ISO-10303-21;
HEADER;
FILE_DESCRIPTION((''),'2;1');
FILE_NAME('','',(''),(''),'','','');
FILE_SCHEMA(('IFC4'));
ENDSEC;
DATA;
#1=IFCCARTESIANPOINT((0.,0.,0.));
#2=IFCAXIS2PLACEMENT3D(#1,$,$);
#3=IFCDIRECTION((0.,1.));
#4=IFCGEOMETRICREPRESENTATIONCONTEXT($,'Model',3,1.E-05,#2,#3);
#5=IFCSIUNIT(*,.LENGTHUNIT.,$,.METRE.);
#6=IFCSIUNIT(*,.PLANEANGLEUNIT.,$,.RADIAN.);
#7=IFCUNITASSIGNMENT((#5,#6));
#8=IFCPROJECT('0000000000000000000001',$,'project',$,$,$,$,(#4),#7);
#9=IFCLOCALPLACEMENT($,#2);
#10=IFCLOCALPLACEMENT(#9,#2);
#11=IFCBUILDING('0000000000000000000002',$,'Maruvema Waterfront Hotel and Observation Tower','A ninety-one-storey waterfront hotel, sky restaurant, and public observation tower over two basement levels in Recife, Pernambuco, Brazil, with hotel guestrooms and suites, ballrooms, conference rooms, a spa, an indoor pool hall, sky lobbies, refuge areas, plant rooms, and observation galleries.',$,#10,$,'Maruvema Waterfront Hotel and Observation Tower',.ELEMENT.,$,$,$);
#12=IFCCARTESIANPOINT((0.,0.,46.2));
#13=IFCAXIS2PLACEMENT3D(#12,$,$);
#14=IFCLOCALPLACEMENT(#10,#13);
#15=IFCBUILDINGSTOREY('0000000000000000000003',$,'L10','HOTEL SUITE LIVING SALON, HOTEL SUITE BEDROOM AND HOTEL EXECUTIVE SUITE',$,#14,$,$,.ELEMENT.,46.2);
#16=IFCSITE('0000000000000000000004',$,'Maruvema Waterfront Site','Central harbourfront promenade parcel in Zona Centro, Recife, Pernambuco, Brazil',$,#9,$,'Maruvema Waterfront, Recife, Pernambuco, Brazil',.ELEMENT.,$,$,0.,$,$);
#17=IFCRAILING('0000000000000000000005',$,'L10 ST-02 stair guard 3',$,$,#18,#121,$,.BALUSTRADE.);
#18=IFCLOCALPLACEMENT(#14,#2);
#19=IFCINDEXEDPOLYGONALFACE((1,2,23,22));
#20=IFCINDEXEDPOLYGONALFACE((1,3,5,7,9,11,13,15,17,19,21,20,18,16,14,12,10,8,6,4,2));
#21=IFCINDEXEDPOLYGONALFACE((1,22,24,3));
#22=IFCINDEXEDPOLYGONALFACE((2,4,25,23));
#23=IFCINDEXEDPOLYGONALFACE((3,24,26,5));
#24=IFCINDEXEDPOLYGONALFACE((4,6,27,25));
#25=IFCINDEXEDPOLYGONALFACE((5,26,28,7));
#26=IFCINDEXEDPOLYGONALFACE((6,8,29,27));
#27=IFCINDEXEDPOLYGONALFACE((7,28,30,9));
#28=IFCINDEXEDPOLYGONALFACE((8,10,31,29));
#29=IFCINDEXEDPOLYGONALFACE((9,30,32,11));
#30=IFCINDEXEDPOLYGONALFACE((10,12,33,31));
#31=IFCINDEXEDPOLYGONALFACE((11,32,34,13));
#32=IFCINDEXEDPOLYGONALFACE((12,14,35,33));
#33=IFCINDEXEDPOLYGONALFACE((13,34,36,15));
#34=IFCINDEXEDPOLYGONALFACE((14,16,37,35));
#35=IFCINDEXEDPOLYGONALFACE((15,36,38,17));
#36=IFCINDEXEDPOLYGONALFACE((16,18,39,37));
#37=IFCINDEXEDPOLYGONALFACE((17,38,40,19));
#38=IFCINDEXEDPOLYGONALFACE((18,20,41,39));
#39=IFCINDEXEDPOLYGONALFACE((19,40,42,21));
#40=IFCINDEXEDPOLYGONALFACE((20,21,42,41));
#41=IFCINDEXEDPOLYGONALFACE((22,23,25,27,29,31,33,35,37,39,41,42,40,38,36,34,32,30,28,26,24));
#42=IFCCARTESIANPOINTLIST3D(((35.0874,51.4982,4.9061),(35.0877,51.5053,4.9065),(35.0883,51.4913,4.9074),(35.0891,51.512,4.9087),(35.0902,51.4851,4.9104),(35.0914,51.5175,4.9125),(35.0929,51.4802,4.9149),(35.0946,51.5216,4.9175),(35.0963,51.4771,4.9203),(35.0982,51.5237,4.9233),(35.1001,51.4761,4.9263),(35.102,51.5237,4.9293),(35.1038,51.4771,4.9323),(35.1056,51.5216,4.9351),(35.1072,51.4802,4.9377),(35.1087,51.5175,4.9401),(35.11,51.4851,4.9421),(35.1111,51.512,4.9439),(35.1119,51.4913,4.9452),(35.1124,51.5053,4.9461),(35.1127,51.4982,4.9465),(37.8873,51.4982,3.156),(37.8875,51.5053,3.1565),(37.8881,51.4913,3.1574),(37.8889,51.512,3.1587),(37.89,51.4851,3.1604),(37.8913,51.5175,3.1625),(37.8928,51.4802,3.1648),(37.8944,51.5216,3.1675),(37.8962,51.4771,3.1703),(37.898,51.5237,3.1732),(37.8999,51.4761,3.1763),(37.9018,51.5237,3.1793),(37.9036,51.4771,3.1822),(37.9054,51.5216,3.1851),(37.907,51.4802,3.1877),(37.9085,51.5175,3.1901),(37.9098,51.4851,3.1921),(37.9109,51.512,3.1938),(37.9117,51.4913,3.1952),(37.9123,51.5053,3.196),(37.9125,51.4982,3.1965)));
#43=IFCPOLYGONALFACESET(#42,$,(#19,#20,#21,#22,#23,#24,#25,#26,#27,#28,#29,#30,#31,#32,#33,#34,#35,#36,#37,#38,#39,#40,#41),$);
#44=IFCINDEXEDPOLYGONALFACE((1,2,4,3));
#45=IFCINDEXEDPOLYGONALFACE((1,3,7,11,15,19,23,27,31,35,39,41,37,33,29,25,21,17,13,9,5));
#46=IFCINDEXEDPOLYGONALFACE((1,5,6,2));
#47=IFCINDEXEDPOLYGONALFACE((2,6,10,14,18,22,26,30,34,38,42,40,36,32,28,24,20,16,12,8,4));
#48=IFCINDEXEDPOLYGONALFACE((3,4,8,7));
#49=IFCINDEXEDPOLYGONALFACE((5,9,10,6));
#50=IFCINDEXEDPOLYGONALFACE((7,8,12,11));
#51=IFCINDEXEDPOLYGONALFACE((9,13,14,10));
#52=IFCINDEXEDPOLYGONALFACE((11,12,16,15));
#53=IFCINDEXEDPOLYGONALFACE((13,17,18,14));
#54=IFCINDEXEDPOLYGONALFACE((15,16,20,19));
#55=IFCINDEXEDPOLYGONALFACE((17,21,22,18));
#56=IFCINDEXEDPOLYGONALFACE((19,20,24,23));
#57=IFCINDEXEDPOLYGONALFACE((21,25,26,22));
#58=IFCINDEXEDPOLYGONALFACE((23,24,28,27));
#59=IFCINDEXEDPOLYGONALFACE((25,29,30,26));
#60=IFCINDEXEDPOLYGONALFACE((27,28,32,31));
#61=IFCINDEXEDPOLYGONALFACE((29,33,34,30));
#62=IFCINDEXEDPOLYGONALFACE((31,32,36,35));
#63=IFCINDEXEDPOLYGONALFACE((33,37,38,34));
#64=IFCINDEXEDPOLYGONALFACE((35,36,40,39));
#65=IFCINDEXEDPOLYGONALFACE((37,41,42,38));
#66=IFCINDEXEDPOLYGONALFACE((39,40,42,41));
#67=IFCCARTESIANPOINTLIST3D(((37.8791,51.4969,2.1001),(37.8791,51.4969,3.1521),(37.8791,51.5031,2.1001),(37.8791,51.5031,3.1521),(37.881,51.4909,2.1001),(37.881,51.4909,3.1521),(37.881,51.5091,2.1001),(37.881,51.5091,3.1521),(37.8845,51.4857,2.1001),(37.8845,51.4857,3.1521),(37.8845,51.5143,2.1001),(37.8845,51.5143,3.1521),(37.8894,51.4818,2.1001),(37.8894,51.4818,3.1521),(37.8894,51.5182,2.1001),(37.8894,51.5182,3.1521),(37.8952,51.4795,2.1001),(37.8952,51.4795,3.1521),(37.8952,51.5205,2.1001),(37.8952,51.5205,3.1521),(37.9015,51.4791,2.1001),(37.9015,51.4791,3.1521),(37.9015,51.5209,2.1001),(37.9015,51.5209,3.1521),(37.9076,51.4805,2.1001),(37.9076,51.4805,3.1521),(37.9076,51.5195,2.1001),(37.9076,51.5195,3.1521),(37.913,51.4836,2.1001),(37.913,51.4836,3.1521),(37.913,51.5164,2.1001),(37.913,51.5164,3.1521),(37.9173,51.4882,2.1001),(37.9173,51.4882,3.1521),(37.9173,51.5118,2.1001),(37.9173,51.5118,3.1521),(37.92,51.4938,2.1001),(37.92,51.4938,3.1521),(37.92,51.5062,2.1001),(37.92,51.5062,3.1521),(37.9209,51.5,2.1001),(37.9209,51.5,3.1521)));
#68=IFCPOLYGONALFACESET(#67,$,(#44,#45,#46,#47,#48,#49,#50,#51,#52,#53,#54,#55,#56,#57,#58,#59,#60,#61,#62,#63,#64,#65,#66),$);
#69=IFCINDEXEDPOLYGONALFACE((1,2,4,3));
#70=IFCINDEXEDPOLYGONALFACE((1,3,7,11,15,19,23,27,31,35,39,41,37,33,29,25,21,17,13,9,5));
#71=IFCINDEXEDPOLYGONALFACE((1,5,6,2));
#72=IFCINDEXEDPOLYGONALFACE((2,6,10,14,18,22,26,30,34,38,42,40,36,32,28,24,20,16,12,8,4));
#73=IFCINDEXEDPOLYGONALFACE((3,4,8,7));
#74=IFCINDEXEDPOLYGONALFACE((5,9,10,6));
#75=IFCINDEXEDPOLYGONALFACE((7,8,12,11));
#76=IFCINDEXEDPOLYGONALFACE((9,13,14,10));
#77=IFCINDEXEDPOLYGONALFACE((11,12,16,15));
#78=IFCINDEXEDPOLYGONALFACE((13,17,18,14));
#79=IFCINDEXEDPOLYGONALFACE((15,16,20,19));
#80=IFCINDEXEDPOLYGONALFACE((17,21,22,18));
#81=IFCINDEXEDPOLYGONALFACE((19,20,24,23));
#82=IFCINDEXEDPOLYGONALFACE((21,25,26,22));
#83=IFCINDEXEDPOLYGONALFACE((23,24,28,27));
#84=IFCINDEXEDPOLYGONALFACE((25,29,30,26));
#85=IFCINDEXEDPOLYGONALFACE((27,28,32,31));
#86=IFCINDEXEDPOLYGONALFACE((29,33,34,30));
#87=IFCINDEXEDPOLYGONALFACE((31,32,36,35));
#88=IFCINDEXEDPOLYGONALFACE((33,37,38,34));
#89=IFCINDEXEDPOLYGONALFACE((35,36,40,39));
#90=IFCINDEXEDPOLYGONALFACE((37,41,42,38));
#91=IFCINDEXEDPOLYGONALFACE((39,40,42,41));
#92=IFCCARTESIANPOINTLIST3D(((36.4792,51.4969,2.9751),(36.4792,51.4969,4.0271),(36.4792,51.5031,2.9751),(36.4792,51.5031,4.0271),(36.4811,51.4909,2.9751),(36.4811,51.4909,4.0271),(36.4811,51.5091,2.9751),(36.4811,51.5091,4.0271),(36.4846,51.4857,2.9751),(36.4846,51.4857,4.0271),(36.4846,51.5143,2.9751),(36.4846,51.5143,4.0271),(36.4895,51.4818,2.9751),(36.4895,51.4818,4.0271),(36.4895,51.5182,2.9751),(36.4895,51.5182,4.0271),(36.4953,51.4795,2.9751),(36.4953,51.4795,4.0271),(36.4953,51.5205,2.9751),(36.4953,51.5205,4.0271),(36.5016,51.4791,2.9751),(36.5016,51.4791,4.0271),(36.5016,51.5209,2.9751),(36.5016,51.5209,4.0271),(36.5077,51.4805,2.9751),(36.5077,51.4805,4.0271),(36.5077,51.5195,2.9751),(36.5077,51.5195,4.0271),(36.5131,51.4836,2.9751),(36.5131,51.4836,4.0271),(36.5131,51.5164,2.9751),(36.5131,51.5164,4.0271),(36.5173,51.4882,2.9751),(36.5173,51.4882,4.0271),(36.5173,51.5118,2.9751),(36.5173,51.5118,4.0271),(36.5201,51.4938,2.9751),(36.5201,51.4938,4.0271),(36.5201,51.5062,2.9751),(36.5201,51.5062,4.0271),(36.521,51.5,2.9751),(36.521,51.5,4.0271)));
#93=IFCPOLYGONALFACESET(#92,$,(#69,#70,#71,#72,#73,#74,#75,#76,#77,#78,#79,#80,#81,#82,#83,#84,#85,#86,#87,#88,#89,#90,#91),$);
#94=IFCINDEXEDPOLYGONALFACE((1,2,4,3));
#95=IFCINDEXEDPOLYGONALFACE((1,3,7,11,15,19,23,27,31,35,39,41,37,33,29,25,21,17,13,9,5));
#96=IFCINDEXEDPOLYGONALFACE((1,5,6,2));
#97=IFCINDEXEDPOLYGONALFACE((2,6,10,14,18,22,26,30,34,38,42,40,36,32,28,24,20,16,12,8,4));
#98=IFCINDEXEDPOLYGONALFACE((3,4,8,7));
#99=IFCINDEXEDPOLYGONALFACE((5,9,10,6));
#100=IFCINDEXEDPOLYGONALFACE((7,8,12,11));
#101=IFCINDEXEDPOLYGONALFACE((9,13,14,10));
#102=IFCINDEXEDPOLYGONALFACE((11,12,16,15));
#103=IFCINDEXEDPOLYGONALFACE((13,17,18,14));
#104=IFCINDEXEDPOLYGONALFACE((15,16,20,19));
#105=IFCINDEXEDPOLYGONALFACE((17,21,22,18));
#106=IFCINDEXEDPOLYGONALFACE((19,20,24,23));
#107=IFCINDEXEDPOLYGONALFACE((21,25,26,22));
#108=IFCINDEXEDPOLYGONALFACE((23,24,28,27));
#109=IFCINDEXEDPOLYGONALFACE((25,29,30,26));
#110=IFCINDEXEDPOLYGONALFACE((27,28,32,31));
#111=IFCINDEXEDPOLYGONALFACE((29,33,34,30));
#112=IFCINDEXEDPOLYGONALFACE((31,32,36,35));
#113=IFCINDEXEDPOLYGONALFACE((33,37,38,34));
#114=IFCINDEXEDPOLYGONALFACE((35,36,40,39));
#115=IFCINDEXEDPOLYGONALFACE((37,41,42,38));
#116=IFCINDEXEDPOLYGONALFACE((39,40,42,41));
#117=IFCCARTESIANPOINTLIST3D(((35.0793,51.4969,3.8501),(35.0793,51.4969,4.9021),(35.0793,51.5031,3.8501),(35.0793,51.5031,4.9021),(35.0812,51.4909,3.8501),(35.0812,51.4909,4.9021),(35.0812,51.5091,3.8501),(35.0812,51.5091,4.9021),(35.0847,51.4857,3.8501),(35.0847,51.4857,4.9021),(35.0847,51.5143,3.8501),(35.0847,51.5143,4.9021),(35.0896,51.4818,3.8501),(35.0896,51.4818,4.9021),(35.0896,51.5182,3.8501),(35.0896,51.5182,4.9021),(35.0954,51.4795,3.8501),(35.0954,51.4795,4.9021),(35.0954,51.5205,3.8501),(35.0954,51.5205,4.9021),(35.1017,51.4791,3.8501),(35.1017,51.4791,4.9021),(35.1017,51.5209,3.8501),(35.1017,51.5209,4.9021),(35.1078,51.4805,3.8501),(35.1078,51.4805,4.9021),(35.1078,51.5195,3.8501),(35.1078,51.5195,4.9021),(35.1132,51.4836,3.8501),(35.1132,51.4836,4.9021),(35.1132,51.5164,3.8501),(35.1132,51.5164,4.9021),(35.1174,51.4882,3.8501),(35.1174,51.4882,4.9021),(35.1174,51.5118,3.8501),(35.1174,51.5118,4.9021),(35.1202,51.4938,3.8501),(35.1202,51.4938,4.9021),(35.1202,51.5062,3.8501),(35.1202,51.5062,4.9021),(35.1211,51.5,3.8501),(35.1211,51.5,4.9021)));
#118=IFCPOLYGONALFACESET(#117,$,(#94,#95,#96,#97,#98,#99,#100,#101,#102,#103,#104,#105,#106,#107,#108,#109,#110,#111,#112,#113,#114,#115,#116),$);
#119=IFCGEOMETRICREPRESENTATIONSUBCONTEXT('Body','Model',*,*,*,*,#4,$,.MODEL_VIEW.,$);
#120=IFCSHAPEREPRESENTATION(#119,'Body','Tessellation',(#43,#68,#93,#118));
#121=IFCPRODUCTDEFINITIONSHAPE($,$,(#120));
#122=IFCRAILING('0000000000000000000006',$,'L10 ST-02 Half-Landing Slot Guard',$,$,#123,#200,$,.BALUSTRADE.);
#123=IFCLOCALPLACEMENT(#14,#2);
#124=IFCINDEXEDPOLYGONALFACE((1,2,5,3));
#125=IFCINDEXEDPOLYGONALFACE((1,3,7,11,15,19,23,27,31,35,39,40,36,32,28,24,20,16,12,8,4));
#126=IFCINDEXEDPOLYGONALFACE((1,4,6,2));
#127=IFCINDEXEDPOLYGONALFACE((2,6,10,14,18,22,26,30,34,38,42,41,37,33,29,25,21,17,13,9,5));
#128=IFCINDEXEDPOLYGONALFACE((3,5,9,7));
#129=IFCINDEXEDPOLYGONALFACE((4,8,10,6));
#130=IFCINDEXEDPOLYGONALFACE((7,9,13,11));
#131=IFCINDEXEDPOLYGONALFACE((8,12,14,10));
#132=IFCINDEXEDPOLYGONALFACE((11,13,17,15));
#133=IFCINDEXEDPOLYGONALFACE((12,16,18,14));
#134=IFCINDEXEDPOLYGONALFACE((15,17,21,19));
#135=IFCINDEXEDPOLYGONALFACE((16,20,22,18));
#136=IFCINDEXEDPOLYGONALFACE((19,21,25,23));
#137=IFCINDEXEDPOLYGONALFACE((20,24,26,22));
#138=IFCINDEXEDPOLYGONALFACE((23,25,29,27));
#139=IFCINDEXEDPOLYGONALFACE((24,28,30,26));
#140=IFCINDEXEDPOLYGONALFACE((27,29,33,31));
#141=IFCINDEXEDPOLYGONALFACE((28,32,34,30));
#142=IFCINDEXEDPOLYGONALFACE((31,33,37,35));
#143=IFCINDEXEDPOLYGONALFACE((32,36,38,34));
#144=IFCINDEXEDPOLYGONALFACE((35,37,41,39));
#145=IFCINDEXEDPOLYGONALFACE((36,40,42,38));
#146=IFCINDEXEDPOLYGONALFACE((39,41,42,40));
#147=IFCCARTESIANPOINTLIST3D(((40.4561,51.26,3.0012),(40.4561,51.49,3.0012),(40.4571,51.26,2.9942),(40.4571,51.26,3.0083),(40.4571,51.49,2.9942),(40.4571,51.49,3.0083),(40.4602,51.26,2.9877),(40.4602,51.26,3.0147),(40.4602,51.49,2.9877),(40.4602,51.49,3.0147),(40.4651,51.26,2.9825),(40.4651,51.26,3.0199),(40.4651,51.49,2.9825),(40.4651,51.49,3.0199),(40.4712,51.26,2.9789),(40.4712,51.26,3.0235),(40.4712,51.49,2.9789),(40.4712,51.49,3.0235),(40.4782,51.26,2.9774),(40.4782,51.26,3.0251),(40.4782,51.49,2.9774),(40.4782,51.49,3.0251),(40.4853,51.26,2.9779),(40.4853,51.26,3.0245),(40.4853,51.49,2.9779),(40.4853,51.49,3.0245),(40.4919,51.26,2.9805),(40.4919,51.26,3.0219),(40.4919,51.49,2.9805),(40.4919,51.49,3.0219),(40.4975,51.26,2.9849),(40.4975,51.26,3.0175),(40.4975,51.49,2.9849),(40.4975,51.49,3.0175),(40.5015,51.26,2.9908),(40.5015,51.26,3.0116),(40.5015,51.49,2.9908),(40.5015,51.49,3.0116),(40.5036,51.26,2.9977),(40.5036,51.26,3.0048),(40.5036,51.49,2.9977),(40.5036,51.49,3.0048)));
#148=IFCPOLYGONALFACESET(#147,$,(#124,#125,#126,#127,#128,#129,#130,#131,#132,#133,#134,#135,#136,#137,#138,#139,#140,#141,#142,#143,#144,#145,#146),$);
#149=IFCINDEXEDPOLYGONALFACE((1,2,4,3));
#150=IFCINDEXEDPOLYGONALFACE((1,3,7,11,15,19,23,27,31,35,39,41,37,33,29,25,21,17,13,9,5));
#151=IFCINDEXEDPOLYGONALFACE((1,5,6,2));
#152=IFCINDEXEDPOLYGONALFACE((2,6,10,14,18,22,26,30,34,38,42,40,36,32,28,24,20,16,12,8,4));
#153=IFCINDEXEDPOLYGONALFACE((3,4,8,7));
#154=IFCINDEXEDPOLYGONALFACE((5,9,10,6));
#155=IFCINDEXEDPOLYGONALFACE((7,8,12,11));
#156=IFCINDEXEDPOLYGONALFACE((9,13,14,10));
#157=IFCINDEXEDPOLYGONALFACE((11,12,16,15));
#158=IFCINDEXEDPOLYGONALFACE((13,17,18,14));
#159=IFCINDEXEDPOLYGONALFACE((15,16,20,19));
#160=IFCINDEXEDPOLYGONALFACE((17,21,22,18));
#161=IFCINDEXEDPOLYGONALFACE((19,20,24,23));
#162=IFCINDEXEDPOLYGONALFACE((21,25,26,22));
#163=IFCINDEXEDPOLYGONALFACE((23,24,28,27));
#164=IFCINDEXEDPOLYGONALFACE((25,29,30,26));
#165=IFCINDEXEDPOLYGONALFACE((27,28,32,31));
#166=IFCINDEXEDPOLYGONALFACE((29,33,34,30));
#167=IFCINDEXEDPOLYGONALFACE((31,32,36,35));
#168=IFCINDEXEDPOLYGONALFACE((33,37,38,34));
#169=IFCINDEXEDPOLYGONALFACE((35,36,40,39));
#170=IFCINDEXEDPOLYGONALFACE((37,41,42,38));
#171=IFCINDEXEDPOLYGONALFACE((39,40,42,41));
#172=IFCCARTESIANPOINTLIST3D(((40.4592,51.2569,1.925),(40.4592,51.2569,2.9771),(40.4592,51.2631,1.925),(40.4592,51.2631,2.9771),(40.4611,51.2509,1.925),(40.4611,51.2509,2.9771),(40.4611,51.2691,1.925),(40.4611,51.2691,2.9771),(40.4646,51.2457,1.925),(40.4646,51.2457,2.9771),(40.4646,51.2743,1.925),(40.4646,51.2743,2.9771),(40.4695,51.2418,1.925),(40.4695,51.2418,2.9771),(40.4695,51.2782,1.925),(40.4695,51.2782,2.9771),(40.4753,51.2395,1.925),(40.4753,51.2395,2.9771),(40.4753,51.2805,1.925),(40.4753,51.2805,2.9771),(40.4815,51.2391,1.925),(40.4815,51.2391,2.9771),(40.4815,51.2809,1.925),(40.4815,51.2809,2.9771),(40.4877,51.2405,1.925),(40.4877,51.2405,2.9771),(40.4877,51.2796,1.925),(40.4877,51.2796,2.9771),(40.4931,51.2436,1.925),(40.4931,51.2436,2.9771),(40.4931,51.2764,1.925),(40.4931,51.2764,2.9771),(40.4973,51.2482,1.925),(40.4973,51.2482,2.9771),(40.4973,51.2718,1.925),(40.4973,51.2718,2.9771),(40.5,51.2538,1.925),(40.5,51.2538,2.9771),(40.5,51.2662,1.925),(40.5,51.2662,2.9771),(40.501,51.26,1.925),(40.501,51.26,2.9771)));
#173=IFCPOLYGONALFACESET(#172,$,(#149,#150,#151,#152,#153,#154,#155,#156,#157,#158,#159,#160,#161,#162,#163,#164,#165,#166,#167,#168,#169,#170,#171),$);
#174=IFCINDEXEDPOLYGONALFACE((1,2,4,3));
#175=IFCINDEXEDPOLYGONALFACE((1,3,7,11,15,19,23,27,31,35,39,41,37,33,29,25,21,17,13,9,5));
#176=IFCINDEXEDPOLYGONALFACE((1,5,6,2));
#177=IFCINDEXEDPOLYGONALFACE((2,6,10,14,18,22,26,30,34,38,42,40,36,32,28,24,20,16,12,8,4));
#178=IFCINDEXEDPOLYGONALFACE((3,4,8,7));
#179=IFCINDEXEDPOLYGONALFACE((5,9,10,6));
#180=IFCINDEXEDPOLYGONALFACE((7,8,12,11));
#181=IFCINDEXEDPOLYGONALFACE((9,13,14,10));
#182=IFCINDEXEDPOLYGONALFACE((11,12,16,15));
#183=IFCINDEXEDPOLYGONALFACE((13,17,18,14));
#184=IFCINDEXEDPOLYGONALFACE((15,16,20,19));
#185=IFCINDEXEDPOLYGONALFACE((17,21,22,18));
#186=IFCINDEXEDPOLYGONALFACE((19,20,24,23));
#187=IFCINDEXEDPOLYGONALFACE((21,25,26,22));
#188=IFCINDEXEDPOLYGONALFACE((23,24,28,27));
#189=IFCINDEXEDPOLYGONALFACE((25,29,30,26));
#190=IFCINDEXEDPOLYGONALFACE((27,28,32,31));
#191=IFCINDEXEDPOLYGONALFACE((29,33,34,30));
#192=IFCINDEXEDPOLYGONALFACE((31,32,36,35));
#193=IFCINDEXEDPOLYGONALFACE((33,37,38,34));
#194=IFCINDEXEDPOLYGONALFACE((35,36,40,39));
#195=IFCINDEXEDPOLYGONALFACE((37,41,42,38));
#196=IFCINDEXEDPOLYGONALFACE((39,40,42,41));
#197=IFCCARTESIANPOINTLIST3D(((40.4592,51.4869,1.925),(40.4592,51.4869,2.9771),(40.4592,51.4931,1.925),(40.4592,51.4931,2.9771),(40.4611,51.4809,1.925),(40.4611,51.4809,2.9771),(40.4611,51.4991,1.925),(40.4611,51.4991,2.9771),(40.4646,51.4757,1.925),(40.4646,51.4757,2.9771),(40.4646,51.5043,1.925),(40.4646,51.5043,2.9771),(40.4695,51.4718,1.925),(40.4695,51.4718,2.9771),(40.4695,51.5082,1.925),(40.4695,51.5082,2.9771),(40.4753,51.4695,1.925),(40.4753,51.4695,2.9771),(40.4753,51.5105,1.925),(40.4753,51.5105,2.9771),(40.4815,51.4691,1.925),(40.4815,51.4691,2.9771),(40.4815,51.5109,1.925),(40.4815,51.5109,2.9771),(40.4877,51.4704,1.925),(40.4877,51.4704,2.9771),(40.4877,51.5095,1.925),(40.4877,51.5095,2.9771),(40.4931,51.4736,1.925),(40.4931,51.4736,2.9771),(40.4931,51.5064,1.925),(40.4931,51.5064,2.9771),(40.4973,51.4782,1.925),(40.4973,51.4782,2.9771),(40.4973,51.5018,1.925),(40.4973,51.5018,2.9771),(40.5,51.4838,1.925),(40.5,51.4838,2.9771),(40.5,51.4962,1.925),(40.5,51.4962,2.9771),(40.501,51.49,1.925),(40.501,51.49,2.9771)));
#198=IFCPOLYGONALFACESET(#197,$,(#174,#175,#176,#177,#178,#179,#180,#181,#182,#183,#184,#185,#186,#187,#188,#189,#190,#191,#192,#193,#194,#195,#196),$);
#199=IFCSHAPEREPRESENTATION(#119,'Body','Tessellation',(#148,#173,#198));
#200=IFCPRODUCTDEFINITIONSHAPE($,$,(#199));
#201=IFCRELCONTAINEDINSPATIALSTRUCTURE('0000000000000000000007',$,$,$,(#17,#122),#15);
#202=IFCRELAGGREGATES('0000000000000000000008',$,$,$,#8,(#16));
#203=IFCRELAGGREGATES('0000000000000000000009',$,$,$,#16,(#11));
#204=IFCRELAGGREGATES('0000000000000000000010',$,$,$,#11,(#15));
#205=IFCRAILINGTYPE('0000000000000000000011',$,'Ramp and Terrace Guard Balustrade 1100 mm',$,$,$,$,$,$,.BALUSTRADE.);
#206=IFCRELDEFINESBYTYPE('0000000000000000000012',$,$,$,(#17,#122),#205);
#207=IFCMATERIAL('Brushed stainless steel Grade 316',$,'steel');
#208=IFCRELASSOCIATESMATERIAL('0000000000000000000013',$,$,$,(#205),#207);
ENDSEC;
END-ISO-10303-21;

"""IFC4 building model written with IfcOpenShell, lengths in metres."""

from ifc_helpers import new_model, si_unit, direction, frame, origin, origin_2d, place, context, subcontext, project, spatial, circle, extrude, material, type_object, element, save


model = new_model("IFC4")

# Units and contexts
model_context = context("Model", 3, precision=1e-05, world=origin(), true_north=direction((0.0, 1.0)))
body_context = subcontext(model_context, "Body", "Model", "MODEL_VIEW")
ifc_project = project(units=[si_unit("LENGTHUNIT", "METRE"), si_unit("PLANEANGLEUNIT", "RADIAN")], contexts=[model_context])

# Site, building, storey
site_placement = place(None, origin())
site = spatial("IfcSite", under=ifc_project, at=site_placement, Name="Maruvema Waterfront Site", Description="Central harbourfront promenade parcel in Zona Centro, Recife, Pernambuco, Brazil", LongName="Maruvema Waterfront, Recife, Pernambuco, Brazil", CompositionType="ELEMENT", RefElevation=0.0)
building_placement = place(site_placement, origin())
building = spatial("IfcBuilding", under=site, at=building_placement, Name="Maruvema Waterfront Hotel and Observation Tower", Description="A ninety-one-storey waterfront hotel, sky restaurant, and public observation tower over two basement levels in Recife, Pernambuco, Brazil, with hotel guestrooms and suites, ballrooms, conference rooms, a spa, an indoor pool hall, sky lobbies, refuge areas, plant rooms, and observation galleries.", LongName="Maruvema Waterfront Hotel and Observation Tower", CompositionType="ELEMENT")
storey_placement = place(building_placement, frame((0.0, 0.0, 46.2)))
storey = spatial("IfcBuildingStorey", under=building, at=storey_placement, Name="L10", Description="HOTEL SUITE LIVING SALON, HOTEL SUITE BEDROOM AND HOTEL EXECUTIVE SUITE", CompositionType="ELEMENT", Elevation=46.2)

# Railings
ifc_material_1 = material(Name="Brushed stainless steel Grade 316", Category="steel")
railing_type_1 = type_object("IfcRailingType", Name="Ramp and Terrace Guard Balustrade 1100 mm", PredefinedType="BALUSTRADE", material=ifc_material_1)
railing_1_placement = place(storey_placement, frame((37.8999, 51.5, 2.1001)))
element("IfcRailing", 1, at=railing_1_placement, inside=storey, type_object=railing_type_1, Name="L10 ST-02 stair guard 3", PredefinedType="BALUSTRADE", context=body_context, shape_type="SweptSolid", body=[
    extrude(circle(Radius=0.0239, at=origin_2d()), frame((0.0, 0.0, 1.0762), z_axis=(-0.847982, 0.0, 0.530026), x_axis=(0.0, -1.0, 0.0)), (0.0, 0.0, 1.0), 3.3018),
    extrude(circle(Radius=0.021, at=origin_2d()), origin(), (0.0, 0.0, 1.0), 1.052),
    extrude(circle(Radius=0.021, at=origin_2d()), frame((-1.3999, 0.0, 0.875)), (0.0, 0.0, 1.0), 1.052),
    extrude(circle(Radius=0.021, at=origin_2d()), frame((-2.7998, 0.0, 1.75)), (0.0, 0.0, 1.0), 1.052),
])
railing_2_placement = place(storey_placement, frame((40.48, 51.26, 1.925)))
element("IfcRailing", 2, at=railing_2_placement, inside=storey, type_object=railing_type_1, Name="L10 ST-02 Half-Landing Slot Guard", PredefinedType="BALUSTRADE", context=body_context, shape_type="SweptSolid", body=[
    extrude(circle(Radius=0.0239, at=origin_2d()), frame((0.0, 0.0, 1.0762), z_axis=(0.0, 1.0, 0.0), x_axis=(-1.0, 0.0, 0.0)), (0.0, 0.0, 1.0), 0.23),
    extrude(circle(Radius=0.021, at=origin_2d()), origin(), (0.0, 0.0, 1.0), 1.052),
    extrude(circle(Radius=0.021, at=origin_2d()), frame((0.0, 0.23, 0.0)), (0.0, 0.0, 1.0), 1.052),
])

save(model, "model.ifc")
